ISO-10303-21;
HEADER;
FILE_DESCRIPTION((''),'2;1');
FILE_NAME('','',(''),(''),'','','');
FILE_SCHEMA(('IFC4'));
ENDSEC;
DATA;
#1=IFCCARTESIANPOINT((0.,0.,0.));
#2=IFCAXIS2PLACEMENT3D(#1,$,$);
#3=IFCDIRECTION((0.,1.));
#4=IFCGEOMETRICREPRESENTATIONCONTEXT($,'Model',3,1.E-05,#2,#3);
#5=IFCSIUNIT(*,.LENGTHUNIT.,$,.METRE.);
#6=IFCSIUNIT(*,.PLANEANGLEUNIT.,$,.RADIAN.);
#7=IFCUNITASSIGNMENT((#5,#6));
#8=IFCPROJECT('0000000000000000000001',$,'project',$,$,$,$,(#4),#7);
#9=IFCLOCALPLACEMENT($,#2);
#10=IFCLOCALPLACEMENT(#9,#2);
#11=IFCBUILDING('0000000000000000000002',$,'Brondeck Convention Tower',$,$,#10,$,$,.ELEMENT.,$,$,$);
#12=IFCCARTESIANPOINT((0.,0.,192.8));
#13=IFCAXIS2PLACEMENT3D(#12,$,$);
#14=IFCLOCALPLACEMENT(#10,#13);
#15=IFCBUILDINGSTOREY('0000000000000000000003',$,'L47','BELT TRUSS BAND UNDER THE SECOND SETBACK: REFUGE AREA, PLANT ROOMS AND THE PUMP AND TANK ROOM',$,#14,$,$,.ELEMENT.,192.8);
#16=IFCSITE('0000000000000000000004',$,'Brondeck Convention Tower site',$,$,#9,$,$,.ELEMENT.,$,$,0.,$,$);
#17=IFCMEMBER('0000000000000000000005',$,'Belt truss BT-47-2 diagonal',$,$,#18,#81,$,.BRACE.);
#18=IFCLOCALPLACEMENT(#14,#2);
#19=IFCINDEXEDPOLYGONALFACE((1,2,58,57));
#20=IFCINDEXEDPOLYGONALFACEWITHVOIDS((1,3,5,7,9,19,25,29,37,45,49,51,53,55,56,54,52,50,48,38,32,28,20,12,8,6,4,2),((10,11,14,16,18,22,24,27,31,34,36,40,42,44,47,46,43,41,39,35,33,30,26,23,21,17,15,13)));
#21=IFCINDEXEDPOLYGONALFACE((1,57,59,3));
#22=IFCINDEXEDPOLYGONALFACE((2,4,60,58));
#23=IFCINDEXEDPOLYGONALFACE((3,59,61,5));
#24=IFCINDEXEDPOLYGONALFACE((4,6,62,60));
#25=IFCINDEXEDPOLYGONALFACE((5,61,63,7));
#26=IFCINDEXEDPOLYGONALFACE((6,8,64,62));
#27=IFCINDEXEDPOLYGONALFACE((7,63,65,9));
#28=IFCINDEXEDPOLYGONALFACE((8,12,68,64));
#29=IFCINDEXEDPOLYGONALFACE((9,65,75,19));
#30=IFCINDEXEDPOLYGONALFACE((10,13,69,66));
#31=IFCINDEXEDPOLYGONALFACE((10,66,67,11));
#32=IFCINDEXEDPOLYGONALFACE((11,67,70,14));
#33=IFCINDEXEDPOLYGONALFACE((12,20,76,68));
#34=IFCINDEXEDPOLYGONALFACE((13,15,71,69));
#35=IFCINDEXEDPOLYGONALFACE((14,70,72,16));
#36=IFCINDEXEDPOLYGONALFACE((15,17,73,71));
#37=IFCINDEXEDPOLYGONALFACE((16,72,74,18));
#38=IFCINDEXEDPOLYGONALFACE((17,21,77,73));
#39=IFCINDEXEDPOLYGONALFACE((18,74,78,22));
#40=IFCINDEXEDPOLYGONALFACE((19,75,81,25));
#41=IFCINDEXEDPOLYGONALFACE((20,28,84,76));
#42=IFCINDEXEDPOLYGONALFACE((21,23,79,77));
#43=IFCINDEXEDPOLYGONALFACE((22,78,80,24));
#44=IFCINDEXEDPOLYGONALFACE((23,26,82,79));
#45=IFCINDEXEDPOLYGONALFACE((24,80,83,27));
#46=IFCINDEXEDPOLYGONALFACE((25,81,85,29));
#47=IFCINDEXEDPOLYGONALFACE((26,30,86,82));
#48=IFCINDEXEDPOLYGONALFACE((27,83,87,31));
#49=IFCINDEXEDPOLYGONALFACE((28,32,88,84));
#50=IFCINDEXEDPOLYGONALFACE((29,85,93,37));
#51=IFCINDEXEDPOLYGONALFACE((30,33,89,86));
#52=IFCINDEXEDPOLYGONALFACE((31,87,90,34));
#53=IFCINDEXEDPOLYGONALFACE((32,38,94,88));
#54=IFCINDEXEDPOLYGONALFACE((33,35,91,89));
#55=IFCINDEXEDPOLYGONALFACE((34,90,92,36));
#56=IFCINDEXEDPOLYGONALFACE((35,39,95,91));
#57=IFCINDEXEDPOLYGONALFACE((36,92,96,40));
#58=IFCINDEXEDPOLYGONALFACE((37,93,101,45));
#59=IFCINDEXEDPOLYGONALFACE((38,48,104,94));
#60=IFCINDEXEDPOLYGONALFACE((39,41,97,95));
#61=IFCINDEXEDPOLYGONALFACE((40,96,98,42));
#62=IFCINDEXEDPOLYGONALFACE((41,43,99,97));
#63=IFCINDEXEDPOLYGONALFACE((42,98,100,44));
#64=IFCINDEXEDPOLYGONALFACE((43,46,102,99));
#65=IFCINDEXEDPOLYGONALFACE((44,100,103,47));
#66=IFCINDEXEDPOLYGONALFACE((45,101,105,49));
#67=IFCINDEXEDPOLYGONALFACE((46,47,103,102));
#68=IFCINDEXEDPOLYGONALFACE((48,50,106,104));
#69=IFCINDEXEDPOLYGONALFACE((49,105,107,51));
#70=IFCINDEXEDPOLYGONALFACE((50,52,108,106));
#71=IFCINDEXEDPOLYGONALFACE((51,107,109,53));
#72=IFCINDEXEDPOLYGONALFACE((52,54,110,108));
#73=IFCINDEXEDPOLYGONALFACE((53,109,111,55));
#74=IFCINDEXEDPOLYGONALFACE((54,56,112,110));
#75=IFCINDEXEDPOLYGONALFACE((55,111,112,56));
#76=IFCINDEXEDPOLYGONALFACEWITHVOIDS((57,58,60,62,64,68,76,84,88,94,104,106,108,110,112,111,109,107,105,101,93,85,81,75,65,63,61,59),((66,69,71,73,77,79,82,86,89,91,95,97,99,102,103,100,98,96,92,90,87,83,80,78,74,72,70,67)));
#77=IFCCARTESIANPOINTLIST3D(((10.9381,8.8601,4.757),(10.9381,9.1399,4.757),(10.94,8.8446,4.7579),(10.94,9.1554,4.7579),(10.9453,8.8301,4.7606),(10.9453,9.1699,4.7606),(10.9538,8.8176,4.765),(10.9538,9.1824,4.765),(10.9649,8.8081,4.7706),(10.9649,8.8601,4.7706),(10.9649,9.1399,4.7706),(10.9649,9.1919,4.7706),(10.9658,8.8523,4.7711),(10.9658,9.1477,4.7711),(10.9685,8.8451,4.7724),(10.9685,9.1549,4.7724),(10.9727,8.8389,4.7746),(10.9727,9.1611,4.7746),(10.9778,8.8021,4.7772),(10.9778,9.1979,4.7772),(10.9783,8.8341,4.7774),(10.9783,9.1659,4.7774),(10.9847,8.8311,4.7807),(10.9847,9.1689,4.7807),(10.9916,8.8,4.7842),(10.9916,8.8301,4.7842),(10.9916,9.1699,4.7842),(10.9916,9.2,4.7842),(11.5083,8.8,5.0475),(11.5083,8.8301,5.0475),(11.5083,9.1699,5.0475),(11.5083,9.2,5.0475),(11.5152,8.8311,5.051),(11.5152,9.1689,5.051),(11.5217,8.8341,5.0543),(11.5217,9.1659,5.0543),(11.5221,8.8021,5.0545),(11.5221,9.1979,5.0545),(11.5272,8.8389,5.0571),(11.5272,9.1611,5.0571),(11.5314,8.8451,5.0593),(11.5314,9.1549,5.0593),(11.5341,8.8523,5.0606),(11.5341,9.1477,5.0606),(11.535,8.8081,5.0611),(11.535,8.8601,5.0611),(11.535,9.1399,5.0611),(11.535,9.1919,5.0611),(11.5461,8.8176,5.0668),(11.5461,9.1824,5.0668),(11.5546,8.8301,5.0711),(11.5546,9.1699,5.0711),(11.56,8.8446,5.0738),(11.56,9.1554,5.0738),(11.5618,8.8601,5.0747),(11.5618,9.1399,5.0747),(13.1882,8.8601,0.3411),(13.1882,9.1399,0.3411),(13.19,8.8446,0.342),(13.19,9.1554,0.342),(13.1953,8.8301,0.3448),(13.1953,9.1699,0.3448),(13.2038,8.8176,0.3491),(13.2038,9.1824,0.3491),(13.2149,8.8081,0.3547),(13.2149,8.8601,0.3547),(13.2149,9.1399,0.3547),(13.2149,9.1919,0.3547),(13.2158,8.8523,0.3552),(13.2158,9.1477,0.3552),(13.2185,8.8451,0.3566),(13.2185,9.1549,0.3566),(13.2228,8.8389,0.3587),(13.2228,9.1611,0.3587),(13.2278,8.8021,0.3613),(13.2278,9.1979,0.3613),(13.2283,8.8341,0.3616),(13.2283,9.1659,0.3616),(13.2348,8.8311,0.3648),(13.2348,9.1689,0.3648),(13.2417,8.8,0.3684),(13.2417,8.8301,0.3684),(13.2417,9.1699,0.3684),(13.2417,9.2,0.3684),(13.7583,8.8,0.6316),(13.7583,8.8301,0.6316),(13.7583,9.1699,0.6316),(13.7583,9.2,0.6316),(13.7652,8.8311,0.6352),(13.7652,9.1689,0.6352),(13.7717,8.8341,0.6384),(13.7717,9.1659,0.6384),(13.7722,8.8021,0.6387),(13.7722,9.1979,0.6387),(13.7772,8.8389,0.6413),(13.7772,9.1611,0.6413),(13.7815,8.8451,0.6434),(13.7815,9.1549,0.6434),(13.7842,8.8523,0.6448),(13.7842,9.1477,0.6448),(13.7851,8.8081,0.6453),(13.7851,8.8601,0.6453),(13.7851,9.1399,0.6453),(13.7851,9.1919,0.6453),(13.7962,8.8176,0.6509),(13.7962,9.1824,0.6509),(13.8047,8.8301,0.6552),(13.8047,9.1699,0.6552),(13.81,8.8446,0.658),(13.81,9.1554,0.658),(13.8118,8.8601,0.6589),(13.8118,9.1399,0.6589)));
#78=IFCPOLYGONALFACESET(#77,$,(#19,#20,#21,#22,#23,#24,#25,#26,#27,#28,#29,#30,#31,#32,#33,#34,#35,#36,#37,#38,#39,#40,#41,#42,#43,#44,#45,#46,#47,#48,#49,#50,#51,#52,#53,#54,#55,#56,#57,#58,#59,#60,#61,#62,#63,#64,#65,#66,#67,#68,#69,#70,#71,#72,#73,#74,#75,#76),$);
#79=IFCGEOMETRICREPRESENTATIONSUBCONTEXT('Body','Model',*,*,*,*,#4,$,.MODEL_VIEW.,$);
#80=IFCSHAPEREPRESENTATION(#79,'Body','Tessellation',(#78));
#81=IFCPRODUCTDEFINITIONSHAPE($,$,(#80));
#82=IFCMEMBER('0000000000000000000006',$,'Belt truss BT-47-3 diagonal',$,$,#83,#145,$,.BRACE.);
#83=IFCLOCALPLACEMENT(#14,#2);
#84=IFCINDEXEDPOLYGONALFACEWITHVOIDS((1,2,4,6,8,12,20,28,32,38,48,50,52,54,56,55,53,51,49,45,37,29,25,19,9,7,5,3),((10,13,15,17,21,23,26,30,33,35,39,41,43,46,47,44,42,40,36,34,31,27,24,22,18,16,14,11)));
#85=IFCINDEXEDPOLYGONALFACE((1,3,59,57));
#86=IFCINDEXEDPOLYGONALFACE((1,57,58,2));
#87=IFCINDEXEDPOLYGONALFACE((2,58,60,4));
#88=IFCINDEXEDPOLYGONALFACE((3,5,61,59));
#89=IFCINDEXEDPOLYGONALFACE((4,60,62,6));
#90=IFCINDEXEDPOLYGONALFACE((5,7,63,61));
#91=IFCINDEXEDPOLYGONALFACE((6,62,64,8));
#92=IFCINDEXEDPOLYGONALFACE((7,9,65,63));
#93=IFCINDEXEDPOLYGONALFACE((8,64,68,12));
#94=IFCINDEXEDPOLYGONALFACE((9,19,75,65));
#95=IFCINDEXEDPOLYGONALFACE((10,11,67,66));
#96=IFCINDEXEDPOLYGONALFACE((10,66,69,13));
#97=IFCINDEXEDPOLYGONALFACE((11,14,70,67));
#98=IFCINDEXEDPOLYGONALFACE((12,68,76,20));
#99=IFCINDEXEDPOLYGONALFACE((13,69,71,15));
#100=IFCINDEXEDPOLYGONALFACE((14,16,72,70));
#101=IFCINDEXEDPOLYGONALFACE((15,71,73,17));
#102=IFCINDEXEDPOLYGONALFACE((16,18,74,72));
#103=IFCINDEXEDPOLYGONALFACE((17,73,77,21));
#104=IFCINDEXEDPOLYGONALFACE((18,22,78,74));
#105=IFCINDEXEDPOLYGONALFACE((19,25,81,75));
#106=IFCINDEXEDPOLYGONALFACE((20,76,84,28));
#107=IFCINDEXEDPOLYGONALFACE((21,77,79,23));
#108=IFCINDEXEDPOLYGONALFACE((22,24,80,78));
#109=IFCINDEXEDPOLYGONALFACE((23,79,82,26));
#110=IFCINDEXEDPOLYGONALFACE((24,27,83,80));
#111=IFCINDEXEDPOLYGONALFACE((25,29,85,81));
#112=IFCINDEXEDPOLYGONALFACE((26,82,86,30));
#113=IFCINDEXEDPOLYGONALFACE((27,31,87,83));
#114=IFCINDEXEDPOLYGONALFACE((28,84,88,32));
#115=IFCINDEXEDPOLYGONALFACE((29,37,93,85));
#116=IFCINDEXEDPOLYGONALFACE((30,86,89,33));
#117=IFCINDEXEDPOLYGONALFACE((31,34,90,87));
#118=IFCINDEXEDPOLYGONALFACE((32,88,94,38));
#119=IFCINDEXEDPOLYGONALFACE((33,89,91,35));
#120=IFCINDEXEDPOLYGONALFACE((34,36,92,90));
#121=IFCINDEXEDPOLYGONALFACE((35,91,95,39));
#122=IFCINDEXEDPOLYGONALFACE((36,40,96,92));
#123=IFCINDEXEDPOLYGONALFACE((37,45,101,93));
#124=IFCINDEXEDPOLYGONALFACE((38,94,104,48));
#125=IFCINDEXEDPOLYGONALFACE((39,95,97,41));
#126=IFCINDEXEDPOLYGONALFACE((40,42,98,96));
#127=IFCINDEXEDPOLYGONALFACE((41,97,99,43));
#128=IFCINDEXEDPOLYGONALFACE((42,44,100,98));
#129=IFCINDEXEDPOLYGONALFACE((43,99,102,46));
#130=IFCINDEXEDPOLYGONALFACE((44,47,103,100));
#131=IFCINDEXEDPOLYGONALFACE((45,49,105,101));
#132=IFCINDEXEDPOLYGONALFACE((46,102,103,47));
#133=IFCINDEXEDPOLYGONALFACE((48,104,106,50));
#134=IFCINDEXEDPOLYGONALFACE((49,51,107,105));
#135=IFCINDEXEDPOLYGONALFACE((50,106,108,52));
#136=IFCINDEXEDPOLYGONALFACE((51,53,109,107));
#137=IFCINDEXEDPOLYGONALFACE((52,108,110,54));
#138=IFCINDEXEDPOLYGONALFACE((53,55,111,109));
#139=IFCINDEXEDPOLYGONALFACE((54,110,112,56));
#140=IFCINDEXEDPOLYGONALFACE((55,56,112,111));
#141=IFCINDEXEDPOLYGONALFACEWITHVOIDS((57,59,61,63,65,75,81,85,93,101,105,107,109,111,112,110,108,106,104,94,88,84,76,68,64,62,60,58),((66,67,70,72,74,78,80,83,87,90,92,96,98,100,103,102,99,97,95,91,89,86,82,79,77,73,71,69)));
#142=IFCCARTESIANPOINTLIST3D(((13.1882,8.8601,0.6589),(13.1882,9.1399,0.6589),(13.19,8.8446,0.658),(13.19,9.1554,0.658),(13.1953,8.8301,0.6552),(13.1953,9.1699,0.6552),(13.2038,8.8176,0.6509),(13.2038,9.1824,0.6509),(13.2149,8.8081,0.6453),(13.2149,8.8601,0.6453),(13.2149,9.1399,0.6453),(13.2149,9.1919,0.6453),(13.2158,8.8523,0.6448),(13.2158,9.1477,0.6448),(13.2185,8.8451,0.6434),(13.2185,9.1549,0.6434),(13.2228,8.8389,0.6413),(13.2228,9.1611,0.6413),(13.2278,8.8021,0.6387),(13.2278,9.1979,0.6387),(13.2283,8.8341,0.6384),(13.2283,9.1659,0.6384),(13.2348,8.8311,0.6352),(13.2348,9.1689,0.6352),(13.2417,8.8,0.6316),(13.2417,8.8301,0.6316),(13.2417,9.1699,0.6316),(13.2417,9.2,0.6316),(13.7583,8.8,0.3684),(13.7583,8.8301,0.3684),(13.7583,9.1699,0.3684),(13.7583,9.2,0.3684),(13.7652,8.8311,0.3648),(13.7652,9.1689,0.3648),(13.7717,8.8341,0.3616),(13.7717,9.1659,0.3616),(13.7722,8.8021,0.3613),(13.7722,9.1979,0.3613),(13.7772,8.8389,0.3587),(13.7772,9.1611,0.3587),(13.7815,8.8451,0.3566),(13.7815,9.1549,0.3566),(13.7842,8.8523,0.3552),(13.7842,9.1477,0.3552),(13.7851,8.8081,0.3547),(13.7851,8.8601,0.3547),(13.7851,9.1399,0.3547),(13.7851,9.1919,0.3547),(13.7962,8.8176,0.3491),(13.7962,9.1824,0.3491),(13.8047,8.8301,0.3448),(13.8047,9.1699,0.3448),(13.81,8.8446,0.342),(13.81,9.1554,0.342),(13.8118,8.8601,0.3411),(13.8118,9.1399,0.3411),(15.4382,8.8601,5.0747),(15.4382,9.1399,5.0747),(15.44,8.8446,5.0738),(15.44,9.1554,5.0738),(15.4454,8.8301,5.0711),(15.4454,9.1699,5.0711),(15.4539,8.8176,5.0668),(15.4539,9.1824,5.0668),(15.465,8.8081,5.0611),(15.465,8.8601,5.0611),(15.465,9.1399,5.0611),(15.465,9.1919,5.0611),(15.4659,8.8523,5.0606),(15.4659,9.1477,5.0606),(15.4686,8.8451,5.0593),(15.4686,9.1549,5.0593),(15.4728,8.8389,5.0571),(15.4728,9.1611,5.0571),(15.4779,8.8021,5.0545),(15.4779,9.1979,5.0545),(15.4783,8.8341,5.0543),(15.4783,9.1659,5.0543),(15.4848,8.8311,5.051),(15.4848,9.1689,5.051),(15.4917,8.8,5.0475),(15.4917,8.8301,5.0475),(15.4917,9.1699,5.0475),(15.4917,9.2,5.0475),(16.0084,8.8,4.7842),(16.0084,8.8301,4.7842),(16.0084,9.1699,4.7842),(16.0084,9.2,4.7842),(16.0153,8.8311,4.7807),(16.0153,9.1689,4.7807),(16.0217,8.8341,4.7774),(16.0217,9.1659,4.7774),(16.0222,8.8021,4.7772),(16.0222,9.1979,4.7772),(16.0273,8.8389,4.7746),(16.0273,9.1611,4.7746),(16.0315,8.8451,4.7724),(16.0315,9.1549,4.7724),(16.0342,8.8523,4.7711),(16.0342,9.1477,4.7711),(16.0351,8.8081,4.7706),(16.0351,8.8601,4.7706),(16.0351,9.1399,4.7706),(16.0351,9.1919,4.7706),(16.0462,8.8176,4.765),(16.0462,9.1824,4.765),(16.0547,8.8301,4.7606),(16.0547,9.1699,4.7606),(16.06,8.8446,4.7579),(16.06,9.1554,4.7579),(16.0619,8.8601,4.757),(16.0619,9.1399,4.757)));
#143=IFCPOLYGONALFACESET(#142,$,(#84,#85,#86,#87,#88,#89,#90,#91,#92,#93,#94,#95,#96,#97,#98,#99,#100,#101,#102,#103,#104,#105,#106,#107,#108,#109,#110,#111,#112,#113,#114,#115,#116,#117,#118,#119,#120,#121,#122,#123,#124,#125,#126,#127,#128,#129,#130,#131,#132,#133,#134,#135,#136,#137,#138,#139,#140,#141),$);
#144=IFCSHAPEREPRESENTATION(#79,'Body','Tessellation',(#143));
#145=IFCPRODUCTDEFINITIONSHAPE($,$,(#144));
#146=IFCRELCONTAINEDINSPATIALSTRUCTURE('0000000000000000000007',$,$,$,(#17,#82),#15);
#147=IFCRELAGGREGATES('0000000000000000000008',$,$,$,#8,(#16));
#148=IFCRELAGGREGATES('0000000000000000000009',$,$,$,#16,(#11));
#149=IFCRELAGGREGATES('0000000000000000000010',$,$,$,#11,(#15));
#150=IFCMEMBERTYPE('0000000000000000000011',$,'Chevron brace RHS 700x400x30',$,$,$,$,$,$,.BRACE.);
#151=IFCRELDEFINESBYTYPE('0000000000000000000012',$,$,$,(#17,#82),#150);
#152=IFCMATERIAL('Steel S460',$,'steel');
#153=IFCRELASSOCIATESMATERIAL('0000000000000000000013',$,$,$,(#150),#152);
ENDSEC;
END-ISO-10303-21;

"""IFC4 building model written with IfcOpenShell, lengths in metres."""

from ifc_helpers import new_model, si_unit, direction, frame, origin, origin_2d, place, context, subcontext, project, spatial, hollow_rectangle, extrude, material, material_profile, profile_set, type_object, element, save


model = new_model("IFC4")

# Units and contexts
model_context = context("Model", 3, precision=1e-05, world=origin(), true_north=direction((0.0, 1.0)))
body_context = subcontext(model_context, "Body", "Model", "MODEL_VIEW")
ifc_project = project(units=[si_unit("LENGTHUNIT", "METRE"), si_unit("PLANEANGLEUNIT", "RADIAN")], contexts=[model_context])

# Site, building, storey
site_placement = place(None, origin())
site = spatial("IfcSite", under=ifc_project, at=site_placement, Name="Brondeck Convention Tower site", CompositionType="ELEMENT", RefElevation=0.0)
building_placement = place(site_placement, origin())
building = spatial("IfcBuilding", under=site, at=building_placement, Name="Brondeck Convention Tower", CompositionType="ELEMENT")
storey_placement = place(building_placement, frame((0.0, 0.0, 192.8)))
storey = spatial("IfcBuildingStorey", under=building, at=storey_placement, Name="L47", Description="BELT TRUSS BAND UNDER THE SECOND SETBACK: REFUGE AREA, PLANT ROOMS AND THE PUMP AND TANK ROOM", CompositionType="ELEMENT", Elevation=192.8)

# Members
ifc_material_1 = material(Name="Steel S460", Category="steel")
ifc_material_profile_1 = material_profile(ifc_material_1, hollow_rectangle(XDim=0.3999, YDim=0.7, WallThickness=0.03, InnerFilletRadius=0.03, OuterFilletRadius=0.0601, at=origin_2d()), Name="RHS 700x400x30")
ifc_profile_set_1 = profile_set([ifc_material_profile_1], Name="Steel S460")
member_type_1 = type_object("IfcMemberType", Name="Chevron brace RHS 700x400x30", PredefinedType="BRACE", material=ifc_profile_set_1)
for number, where, z_axis, x_axis, name in (
    (1, (13.5, 9.0, 0.5), (-0.453999, 0.0, 0.891002), (0.0, -1.0, 0.0), "Belt truss BT-47-2 diagonal"),
    (2, (13.5, 9.0, 0.5), (0.453999, 0.0, 0.891002), (0.0, 1.0, 0.0), "Belt truss BT-47-3 diagonal"),
):
    element("IfcMember", number, at=place(storey_placement, frame(where, z_axis=z_axis, x_axis=x_axis)), inside=storey, type_object=member_type_1, Name=name, PredefinedType="BRACE", context=body_context, shape_type="SweptSolid", body=[
        extrude(hollow_rectangle(XDim=0.3999, YDim=0.7, WallThickness=0.03, InnerFilletRadius=0.03, OuterFilletRadius=0.0601, at=origin_2d()), origin(), (0.0, 0.0, 1.0), 4.9561),
    ])

save(model, "model.ifc")
